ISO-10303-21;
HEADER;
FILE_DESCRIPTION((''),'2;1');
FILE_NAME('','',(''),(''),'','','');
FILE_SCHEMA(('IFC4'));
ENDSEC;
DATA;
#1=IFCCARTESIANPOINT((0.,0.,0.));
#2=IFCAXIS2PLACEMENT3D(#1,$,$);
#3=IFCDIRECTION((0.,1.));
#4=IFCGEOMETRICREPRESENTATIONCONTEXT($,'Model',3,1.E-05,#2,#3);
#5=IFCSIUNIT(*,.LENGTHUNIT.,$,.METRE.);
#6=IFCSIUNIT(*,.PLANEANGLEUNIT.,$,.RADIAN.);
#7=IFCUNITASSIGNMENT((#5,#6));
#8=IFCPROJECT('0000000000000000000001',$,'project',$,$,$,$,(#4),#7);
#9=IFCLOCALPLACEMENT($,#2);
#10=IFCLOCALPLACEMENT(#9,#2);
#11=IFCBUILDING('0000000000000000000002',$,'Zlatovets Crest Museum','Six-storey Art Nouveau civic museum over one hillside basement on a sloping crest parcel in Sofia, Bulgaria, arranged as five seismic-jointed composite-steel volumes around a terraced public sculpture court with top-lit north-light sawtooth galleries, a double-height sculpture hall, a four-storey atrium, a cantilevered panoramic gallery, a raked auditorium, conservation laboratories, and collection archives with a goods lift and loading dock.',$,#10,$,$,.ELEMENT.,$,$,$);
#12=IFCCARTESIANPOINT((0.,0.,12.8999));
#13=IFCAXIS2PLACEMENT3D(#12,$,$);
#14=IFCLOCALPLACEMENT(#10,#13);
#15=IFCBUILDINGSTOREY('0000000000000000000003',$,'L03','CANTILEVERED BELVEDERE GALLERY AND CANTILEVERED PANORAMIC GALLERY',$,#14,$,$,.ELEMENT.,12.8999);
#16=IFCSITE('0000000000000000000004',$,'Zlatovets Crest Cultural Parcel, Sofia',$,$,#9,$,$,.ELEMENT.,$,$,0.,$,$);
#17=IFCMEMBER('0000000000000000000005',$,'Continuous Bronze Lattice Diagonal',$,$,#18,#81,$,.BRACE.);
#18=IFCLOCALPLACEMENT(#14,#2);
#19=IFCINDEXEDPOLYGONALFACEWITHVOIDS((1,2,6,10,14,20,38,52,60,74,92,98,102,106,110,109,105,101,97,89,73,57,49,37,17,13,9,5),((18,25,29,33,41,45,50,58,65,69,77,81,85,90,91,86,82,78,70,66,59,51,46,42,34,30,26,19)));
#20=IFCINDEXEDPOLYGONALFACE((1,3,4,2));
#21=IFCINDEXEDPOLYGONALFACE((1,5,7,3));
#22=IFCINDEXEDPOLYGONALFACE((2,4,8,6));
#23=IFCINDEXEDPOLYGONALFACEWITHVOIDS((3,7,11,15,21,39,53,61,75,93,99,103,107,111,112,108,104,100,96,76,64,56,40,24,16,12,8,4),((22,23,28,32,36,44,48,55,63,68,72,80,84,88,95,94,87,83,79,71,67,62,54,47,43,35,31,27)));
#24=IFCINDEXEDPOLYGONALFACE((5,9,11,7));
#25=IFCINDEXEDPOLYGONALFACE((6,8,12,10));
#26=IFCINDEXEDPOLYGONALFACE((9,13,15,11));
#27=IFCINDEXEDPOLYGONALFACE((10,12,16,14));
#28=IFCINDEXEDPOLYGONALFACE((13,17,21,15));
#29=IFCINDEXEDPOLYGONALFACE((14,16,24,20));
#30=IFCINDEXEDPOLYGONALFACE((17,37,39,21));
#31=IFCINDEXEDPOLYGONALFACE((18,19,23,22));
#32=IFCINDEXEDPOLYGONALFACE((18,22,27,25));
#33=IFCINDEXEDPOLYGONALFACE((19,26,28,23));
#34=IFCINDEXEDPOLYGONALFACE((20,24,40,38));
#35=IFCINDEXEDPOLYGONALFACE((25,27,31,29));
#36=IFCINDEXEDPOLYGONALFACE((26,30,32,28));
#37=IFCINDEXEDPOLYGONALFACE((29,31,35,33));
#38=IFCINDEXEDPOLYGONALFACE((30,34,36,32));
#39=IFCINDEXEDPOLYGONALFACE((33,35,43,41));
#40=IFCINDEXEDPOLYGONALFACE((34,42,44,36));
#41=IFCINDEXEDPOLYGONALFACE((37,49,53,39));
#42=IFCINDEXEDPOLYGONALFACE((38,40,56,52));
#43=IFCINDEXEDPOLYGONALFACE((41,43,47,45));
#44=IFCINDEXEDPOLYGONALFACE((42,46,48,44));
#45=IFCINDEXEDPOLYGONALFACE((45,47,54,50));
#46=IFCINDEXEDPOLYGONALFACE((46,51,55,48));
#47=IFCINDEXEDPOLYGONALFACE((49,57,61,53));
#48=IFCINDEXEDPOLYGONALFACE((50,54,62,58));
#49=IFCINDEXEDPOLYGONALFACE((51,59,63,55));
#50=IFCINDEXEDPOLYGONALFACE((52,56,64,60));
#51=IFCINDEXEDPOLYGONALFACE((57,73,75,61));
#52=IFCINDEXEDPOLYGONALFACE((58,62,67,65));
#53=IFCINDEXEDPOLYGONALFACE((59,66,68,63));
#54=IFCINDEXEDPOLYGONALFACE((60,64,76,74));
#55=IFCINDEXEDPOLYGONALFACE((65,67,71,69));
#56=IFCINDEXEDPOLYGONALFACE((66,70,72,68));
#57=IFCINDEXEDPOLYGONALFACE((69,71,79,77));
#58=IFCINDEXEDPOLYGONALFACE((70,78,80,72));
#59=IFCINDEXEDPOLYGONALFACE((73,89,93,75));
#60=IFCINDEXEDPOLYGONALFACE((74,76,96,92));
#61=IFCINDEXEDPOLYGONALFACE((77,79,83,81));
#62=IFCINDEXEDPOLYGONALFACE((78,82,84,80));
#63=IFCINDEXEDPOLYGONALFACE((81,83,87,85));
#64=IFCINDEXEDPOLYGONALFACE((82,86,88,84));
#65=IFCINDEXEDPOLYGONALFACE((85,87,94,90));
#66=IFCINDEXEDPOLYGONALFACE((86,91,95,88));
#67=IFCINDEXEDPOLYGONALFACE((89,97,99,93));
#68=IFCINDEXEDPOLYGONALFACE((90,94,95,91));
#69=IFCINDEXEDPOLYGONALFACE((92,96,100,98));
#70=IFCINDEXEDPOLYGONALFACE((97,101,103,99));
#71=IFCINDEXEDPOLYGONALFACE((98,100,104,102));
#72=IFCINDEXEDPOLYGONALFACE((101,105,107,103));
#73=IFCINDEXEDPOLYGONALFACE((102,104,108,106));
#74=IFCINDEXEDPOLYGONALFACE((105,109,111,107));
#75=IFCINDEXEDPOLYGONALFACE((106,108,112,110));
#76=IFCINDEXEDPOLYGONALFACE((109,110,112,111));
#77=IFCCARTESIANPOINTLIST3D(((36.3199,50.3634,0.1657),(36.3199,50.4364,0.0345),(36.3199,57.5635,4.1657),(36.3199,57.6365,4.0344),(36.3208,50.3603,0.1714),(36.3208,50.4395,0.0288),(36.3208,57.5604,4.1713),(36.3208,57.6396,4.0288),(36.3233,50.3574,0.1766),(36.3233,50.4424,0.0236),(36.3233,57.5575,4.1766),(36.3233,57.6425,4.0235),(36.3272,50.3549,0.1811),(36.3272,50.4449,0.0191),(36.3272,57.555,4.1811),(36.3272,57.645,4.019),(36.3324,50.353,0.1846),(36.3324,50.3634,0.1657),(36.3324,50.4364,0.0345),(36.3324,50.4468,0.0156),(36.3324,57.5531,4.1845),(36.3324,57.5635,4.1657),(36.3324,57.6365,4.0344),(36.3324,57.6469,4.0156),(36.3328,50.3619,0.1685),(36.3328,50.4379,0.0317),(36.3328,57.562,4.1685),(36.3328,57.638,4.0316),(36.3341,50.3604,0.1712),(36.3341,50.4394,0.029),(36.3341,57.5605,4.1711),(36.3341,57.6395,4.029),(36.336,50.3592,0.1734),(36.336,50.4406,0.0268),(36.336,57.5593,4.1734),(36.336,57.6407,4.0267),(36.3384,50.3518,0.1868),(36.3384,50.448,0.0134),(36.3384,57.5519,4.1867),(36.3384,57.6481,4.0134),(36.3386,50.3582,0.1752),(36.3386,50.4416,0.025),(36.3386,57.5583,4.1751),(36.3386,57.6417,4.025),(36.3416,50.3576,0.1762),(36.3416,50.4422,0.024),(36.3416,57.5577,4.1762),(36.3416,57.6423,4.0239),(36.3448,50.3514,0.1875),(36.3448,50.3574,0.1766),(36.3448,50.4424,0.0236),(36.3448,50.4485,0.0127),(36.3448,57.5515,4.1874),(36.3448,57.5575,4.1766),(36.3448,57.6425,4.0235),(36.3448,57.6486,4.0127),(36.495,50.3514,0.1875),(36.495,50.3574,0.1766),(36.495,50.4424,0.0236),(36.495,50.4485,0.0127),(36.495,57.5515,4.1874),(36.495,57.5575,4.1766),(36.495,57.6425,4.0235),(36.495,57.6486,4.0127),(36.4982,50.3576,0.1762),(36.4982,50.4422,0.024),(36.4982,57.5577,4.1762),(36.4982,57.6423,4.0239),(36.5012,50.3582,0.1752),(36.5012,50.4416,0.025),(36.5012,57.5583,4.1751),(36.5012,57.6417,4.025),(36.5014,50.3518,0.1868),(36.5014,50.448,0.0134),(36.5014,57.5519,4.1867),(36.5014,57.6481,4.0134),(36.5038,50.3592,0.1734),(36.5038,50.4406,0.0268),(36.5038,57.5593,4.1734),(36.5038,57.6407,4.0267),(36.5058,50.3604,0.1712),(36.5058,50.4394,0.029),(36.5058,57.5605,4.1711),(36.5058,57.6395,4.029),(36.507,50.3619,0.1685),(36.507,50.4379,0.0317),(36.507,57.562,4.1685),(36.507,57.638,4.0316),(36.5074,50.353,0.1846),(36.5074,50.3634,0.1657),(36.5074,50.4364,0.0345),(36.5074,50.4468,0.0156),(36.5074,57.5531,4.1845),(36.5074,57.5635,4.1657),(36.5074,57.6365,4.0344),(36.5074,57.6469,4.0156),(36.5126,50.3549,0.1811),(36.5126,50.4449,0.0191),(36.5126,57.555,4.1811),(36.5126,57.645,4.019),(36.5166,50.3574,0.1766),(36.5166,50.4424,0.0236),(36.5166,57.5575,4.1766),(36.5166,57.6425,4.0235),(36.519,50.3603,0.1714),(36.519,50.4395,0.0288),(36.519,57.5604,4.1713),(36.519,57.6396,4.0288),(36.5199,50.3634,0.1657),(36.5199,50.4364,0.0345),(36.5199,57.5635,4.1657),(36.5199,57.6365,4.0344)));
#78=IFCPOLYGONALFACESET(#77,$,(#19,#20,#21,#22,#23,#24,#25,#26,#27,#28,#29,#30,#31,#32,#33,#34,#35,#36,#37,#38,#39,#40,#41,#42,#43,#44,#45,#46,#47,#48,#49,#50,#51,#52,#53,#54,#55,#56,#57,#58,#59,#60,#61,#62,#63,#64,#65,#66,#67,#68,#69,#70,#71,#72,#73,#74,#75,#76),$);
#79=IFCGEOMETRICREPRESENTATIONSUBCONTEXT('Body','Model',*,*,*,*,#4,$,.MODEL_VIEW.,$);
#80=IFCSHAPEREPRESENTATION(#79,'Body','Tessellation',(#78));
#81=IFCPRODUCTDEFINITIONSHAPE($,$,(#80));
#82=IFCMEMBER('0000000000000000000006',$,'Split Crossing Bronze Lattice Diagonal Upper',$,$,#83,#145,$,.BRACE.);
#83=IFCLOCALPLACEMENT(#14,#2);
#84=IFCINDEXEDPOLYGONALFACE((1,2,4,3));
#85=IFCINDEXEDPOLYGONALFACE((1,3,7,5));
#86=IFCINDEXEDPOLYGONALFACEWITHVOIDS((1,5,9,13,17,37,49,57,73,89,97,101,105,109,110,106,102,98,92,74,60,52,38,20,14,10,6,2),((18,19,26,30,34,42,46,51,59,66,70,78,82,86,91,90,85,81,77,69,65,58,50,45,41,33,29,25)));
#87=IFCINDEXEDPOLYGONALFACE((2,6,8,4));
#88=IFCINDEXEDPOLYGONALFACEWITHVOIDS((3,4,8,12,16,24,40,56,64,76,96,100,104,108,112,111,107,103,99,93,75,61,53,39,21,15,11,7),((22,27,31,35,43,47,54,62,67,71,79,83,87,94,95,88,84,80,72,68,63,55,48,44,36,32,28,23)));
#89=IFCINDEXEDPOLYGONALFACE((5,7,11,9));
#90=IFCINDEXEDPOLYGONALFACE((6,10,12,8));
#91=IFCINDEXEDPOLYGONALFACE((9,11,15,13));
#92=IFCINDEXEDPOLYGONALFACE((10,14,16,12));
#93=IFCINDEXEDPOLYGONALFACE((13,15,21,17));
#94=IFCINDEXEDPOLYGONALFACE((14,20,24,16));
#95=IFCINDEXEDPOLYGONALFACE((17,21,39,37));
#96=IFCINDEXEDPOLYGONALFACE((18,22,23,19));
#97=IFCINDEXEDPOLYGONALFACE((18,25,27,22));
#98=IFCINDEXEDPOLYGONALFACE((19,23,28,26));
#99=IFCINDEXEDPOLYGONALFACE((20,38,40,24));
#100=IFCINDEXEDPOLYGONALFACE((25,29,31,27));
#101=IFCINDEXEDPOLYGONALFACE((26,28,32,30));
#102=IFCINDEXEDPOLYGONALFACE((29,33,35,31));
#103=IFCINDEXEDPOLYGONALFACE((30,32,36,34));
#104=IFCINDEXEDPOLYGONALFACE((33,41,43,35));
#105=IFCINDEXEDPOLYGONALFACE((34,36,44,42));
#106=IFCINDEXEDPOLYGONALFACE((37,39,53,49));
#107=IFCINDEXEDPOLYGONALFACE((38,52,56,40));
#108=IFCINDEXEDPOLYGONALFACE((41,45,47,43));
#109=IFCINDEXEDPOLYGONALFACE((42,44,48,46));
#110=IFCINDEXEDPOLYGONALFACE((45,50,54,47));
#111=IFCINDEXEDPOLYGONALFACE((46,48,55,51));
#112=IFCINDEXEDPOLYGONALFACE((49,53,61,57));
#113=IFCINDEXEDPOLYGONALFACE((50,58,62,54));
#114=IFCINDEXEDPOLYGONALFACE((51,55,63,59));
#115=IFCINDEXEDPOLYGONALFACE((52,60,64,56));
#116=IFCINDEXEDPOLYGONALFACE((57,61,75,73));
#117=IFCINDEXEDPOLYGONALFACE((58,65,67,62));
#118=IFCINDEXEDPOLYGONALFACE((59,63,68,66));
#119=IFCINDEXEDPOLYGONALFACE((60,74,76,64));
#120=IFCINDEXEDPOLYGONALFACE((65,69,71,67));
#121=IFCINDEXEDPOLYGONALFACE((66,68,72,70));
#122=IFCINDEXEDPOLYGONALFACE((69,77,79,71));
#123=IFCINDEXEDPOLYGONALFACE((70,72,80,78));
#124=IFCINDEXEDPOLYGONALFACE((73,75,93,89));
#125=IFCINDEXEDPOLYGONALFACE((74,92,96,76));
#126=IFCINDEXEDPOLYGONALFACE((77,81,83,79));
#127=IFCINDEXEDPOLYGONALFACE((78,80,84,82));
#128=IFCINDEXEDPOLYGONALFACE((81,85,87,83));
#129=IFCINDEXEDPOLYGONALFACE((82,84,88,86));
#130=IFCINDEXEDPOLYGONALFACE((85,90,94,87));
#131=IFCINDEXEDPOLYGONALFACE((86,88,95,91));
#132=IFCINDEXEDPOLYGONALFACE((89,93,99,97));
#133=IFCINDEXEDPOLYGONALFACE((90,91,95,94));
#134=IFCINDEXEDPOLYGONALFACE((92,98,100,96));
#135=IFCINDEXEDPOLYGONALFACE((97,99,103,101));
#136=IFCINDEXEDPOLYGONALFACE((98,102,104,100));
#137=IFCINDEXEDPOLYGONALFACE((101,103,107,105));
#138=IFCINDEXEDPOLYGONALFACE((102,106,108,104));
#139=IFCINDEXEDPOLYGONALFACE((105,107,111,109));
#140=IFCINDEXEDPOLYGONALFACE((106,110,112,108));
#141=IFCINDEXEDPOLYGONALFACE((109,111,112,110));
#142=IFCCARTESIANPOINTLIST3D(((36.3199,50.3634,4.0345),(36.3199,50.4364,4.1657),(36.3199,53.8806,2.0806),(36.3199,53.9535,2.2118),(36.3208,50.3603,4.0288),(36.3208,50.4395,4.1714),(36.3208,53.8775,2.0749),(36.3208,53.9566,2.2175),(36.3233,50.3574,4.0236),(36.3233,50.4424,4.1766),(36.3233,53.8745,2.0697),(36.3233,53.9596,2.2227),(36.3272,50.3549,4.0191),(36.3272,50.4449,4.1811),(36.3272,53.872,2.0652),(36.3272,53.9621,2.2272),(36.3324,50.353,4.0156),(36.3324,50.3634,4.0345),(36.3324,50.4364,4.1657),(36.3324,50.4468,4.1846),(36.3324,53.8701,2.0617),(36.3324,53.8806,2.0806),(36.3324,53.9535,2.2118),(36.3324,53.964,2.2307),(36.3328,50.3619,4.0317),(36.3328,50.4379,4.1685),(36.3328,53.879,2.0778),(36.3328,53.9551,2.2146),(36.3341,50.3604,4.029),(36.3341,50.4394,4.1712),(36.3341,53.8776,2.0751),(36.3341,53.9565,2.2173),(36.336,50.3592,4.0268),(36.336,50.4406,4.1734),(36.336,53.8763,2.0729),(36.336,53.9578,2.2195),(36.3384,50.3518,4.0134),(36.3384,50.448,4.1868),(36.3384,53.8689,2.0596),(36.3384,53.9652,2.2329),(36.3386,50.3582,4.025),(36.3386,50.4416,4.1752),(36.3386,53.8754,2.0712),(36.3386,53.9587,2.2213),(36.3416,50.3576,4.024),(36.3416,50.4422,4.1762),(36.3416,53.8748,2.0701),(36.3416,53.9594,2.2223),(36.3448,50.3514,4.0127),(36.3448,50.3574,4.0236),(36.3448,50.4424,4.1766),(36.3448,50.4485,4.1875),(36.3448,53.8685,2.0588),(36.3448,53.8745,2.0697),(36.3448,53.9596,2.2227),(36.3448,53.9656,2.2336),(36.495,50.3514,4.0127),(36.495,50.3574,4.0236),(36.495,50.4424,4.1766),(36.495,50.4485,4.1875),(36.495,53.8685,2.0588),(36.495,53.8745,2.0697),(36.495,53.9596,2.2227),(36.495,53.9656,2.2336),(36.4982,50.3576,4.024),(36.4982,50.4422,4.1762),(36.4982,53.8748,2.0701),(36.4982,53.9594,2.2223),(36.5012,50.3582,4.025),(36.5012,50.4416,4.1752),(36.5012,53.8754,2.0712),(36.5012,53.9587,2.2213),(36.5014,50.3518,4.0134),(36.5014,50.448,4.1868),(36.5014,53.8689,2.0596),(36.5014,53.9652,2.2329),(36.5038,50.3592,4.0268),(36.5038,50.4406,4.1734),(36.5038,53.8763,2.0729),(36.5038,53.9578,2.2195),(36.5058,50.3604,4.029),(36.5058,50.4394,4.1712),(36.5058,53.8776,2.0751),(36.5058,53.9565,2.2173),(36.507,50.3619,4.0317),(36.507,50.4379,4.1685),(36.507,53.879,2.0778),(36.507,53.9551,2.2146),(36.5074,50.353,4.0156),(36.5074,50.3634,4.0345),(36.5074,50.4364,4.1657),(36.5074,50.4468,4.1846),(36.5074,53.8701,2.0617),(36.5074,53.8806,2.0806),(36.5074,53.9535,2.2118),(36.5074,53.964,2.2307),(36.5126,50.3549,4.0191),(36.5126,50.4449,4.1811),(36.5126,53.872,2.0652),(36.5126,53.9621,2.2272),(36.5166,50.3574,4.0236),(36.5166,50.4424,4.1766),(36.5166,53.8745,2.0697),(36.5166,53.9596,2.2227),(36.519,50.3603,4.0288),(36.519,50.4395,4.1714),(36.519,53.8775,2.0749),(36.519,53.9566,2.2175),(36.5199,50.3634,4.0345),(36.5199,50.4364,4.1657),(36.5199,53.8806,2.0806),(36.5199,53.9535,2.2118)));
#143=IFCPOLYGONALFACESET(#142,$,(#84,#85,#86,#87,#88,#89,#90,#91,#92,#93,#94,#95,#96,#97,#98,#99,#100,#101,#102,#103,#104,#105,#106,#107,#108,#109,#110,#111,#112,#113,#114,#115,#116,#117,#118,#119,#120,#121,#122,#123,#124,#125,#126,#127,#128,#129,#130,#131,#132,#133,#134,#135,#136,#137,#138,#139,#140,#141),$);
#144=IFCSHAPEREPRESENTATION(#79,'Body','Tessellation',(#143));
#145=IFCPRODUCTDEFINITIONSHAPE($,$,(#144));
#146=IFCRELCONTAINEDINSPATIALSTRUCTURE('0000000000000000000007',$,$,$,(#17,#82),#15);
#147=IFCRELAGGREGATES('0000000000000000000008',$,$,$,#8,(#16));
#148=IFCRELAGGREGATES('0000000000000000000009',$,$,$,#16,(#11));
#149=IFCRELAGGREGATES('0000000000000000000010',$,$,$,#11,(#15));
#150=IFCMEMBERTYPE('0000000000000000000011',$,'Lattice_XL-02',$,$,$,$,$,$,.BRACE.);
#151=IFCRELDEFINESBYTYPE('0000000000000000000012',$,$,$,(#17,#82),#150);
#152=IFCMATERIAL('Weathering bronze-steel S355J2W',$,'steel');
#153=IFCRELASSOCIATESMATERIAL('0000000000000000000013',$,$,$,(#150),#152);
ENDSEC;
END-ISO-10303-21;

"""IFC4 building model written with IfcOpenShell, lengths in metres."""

from ifc_helpers import new_model, si_unit, direction, frame, origin, origin_2d, place, context, subcontext, project, spatial, hollow_rectangle, extrude, material, material_profile, profile_set, type_object, element, save


model = new_model("IFC4")

# Units and contexts
model_context = context("Model", 3, precision=1e-05, world=origin(), true_north=direction((0.0, 1.0)))
body_context = subcontext(model_context, "Body", "Model", "MODEL_VIEW")
ifc_project = project(units=[si_unit("LENGTHUNIT", "METRE"), si_unit("PLANEANGLEUNIT", "RADIAN")], contexts=[model_context])

# Site, building, storey
site_placement = place(None, origin())
site = spatial("IfcSite", under=ifc_project, at=site_placement, Name="Zlatovets Crest Cultural Parcel, Sofia", CompositionType="ELEMENT", RefElevation=0.0)
building_placement = place(site_placement, origin())
building = spatial("IfcBuilding", under=site, at=building_placement, Name="Zlatovets Crest Museum", Description="Six-storey Art Nouveau civic museum over one hillside basement on a sloping crest parcel in Sofia, Bulgaria, arranged as five seismic-jointed composite-steel volumes around a terraced public sculpture court with top-lit north-light sawtooth galleries, a double-height sculpture hall, a four-storey atrium, a cantilevered panoramic gallery, a raked auditorium, conservation laboratories, and collection archives with a goods lift and loading dock.", CompositionType="ELEMENT")
storey_placement = place(building_placement, frame((0.0, 0.0, 12.8999)))
storey = spatial("IfcBuildingStorey", under=building, at=storey_placement, Name="L03", Description="CANTILEVERED BELVEDERE GALLERY AND CANTILEVERED PANORAMIC GALLERY", CompositionType="ELEMENT", Elevation=12.8999)

# Members
ifc_material_1 = material(Name="Weathering bronze-steel S355J2W", Category="steel")
ifc_material_profile_1 = material_profile(ifc_material_1, hollow_rectangle(XDim=0.2, YDim=0.2, WallThickness=0.0125, InnerFilletRadius=0.0125, OuterFilletRadius=0.0249, at=origin_2d()), Name="SHS 200x200x12.5")
ifc_profile_set_1 = profile_set([ifc_material_profile_1], Name="Weathering bronze-steel S355J2W")
member_type_1 = type_object("IfcMemberType", Name="Lattice_XL-02", PredefinedType="BRACE", material=ifc_profile_set_1)
member_1_placement = place(storey_placement, frame((36.4199, 50.3999, 0.1001), z_axis=(0.0, 0.874163, 0.485633), x_axis=(-1.0, 0.0, 0.0)))
element("IfcMember", 1, at=member_1_placement, inside=storey, type_object=member_type_1, Name="Continuous Bronze Lattice Diagonal", PredefinedType="BRACE", context=body_context, shape_type="SweptSolid", body=[
    extrude(hollow_rectangle(XDim=0.2, YDim=0.2, WallThickness=0.0125, InnerFilletRadius=0.0125, OuterFilletRadius=0.0249, at=origin_2d()), origin(), (0.0, 0.0, 1.0), 8.2366),
])
member_2_placement = place(storey_placement, frame((36.4199, 50.3999, 4.1001), z_axis=(0.0, 0.874166, -0.485627), x_axis=(-1.0, 0.0, 0.0)))
element("IfcMember", 2, at=member_2_placement, inside=storey, type_object=member_type_1, Name="Split Crossing Bronze Lattice Diagonal Upper", PredefinedType="BRACE", context=body_context, shape_type="SweptSolid", body=[
    extrude(hollow_rectangle(XDim=0.2, YDim=0.2, WallThickness=0.0125, InnerFilletRadius=0.0125, OuterFilletRadius=0.0249, at=origin_2d()), origin(), (0.0, 0.0, 1.0), 4.0234),
])

save(model, "model.ifc")
